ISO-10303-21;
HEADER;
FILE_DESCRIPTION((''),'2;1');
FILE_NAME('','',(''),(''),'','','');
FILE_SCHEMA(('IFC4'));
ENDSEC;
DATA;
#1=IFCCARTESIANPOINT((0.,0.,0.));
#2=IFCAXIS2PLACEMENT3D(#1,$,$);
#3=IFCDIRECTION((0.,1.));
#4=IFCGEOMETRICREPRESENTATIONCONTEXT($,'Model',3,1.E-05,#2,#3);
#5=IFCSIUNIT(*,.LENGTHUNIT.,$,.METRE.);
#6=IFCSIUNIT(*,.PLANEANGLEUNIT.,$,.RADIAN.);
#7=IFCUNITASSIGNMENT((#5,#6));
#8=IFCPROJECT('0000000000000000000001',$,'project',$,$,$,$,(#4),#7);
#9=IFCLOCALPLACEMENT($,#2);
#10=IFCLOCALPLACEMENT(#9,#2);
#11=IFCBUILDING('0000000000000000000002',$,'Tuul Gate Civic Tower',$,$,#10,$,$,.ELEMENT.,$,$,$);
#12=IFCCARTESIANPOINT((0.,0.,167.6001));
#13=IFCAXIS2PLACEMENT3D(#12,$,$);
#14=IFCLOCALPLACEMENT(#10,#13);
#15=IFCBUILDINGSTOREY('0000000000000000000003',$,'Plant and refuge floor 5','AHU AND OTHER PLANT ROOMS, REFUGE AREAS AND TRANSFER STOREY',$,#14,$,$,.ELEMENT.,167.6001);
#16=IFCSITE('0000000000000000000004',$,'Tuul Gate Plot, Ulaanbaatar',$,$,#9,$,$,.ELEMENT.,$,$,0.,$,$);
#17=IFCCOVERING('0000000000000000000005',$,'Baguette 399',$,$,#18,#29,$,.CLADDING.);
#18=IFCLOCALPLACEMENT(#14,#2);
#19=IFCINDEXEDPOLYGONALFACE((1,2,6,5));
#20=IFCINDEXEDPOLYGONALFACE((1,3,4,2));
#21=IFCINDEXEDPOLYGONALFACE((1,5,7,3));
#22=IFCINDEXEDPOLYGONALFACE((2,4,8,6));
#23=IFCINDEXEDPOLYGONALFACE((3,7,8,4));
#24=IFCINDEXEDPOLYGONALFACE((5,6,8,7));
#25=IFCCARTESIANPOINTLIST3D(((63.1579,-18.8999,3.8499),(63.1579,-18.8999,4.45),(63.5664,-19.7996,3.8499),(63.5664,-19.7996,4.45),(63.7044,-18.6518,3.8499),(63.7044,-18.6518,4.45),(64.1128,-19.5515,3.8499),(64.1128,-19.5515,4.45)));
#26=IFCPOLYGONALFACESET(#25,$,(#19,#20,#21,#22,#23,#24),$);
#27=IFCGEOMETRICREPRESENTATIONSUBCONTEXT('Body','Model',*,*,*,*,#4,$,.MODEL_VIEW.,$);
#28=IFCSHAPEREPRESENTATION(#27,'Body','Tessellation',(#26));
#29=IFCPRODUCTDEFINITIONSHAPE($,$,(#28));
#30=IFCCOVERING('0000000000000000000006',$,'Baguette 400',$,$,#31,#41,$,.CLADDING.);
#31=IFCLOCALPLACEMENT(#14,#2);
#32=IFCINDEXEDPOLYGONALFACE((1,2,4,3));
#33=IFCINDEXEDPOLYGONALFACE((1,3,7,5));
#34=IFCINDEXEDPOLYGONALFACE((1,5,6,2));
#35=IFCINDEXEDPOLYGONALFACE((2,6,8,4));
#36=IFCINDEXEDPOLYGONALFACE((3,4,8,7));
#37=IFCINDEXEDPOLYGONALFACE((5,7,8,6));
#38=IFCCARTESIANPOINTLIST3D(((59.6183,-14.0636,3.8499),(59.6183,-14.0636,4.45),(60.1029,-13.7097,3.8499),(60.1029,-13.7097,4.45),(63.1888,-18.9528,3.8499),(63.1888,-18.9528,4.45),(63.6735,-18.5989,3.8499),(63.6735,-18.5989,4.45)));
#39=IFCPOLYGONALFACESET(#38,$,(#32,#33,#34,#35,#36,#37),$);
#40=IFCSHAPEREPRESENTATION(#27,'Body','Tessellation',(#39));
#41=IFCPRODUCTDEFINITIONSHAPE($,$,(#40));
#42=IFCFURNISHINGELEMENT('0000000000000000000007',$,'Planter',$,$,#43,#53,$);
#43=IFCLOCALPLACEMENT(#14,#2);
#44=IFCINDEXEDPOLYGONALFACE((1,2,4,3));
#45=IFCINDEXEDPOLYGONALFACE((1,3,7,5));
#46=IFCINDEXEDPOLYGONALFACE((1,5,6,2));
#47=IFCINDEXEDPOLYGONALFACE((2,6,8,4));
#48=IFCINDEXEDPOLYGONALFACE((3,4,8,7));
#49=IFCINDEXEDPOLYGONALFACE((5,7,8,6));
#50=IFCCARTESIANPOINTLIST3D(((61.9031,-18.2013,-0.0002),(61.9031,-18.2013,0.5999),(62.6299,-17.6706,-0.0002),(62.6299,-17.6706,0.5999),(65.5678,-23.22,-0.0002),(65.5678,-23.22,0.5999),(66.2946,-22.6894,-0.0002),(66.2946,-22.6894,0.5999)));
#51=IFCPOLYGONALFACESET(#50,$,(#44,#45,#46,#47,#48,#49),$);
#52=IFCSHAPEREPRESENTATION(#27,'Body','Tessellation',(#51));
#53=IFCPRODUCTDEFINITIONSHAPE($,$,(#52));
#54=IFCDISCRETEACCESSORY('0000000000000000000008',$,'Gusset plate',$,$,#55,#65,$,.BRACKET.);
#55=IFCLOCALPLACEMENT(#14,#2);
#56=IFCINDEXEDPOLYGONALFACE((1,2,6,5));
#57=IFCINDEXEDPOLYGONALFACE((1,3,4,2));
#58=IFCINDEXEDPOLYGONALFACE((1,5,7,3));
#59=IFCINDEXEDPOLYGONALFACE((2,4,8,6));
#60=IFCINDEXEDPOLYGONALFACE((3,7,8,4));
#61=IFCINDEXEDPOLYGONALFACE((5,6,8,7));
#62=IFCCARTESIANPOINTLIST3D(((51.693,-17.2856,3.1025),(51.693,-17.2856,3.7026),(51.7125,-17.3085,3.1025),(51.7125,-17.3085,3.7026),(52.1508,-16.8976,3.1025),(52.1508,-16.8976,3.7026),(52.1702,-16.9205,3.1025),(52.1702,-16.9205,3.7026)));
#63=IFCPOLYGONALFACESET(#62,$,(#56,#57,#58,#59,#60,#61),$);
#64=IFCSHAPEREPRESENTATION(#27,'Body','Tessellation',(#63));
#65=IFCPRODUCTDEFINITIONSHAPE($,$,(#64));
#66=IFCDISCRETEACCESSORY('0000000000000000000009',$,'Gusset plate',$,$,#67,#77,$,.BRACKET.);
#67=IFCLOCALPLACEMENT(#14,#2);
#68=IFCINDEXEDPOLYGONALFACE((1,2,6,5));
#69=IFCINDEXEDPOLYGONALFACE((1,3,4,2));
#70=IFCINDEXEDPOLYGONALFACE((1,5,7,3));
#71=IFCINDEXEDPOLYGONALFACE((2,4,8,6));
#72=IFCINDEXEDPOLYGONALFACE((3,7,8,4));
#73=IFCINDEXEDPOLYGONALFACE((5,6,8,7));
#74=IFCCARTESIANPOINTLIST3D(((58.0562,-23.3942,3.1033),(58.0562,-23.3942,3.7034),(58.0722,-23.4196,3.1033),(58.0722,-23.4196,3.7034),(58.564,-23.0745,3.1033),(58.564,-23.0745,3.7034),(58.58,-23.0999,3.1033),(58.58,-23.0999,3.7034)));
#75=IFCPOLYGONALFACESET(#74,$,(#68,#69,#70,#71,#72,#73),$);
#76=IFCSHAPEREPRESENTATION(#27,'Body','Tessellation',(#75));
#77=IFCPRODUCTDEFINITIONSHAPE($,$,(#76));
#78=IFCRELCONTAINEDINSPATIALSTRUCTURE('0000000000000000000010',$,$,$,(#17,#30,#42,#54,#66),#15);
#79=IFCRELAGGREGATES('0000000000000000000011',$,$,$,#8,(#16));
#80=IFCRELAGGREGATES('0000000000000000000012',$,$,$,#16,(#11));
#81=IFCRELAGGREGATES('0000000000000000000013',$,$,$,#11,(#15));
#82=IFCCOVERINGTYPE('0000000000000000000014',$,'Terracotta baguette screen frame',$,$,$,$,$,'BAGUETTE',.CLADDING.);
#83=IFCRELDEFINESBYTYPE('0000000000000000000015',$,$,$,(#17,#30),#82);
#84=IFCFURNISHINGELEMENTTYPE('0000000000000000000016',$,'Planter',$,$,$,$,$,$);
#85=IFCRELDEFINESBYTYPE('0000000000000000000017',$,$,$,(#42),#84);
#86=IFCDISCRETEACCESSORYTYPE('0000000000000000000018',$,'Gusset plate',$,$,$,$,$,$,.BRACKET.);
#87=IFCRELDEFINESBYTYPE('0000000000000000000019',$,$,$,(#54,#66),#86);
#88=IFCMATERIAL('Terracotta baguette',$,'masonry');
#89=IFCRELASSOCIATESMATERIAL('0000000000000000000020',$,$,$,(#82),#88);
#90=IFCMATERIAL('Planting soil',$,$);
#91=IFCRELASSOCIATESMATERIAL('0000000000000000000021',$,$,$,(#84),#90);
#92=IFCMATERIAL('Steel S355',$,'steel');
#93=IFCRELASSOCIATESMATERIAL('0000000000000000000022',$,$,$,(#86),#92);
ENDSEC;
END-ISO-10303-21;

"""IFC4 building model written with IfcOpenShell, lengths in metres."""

from ifc_helpers import new_model, si_unit, direction, frame, origin, origin_2d, place, context, subcontext, project, spatial, rectangle, extrude, material, material_profile, profile_set, type_object, element, save


model = new_model("IFC4")

# Units and contexts
model_context = context("Model", 3, precision=1e-05, world=origin(), true_north=direction((0.0, 1.0)))
body_context = subcontext(model_context, "Body", "Model", "MODEL_VIEW")
ifc_project = project(units=[si_unit("LENGTHUNIT", "METRE"), si_unit("PLANEANGLEUNIT", "RADIAN")], contexts=[model_context])

# Site, building, storey
site_placement = place(None, origin())
site = spatial("IfcSite", under=ifc_project, at=site_placement, Name="Tuul Gate Plot, Ulaanbaatar", CompositionType="ELEMENT", RefElevation=0.0)
building_placement = place(site_placement, origin())
building = spatial("IfcBuilding", under=site, at=building_placement, Name="Tuul Gate Civic Tower", CompositionType="ELEMENT")
storey_placement = place(building_placement, frame((0.0, 0.0, 167.6001)))
storey = spatial("IfcBuildingStorey", under=building, at=storey_placement, Name="Plant and refuge floor 5", Description="AHU AND OTHER PLANT ROOMS, REFUGE AREAS AND TRANSFER STOREY", CompositionType="ELEMENT", Elevation=167.6001)

# Coverings
ifc_material_1 = material(Name="Terracotta baguette", Category="masonry")
ifc_material_profile_1 = material_profile(ifc_material_1, rectangle(XDim=0.6001, YDim=0.6001, at=origin_2d()), Name="Terracotta baguette screen frame")
ifc_profile_set_1 = profile_set([ifc_material_profile_1], Name="Terracotta baguette")
covering_type = type_object("IfcCoveringType", Name="Terracotta baguette screen frame", ElementType="BAGUETTE", PredefinedType="CLADDING", material=ifc_profile_set_1)
covering_1_placement = place(storey_placement, frame((63.8396, -19.6755, 4.1499), z_axis=(-0.413393, 0.910553, 0.0), x_axis=(-0.910553, -0.413393, 0.0)))
element("IfcCovering", 1, at=covering_1_placement, inside=storey, type_object=covering_type, Name="Baguette 399", PredefinedType="CLADDING", context=body_context, shape_type="SweptSolid", body=[
    extrude(rectangle(XDim=0.6001, YDim=0.6001, at=origin_2d()), origin(), (0.0, 0.0, 1.0), 0.988),
])
covering_2_placement = place(storey_placement, frame((63.4312, -18.7759, 4.1499), z_axis=(-0.58977, 0.807571, 0.0), x_axis=(-0.807571, -0.58977, 0.0)))
element("IfcCovering", 2, at=covering_2_placement, inside=storey, type_object=covering_type, Name="Baguette 400", PredefinedType="CLADDING", context=body_context, shape_type="SweptSolid", body=[
    extrude(rectangle(XDim=0.6001, YDim=0.6001, at=origin_2d()), origin(), (0.0, 0.0, 1.0), 6.0542),
])

# Furnishing element
ifc_material_2 = material(Name="Planting soil")
furnishing_element_type = type_object("IfcFurnishingElementType", Name="Planter", material=ifc_material_2)
furnishing_placement = place(storey_placement, frame((64.0989, -20.4453, -0.0002), z_axis=(0.0, 0.0, 1.0), x_axis=(-0.589717, 0.80761, 0.0)))
element("IfcFurnishingElement", 3, at=furnishing_placement, inside=storey, type_object=furnishing_element_type, Name="Planter", context=body_context, shape_type="SweptSolid", body=[
    extrude(rectangle(XDim=6.2144, YDim=0.8999, at=origin_2d()), origin(), (0.0, 0.0, 1.0), 0.6001),
])

# Discrete accessories
ifc_material_3 = material(Name="Steel S355", Category="steel")
discrete_accessory_type = type_object("IfcDiscreteAccessoryType", Name="Gusset plate", PredefinedType="BRACKET", material=ifc_material_3)
for number, where, z_axis, x_axis, name in (
    (4, (51.9316, -17.103, 3.1025), (0.0, 0.0, 1.0), (0.762825, 0.646605, 0.0), "Gusset plate"),
    (5, (58.3181, -23.2471, 3.1033), (0.0, 0.0, 1.0), (0.846275, 0.532746, 0.0), "Gusset plate"),
):
    element("IfcDiscreteAccessory", number, at=place(storey_placement, frame(where, z_axis=z_axis, x_axis=x_axis)), inside=storey, type_object=discrete_accessory_type, Name=name, PredefinedType="BRACKET", context=body_context, shape_type="SweptSolid", body=[
        extrude(rectangle(XDim=0.6001, YDim=0.03, at=origin_2d()), origin(), (0.0, 0.0, 1.0), 0.6001),
    ])

save(model, "model.ifc")
